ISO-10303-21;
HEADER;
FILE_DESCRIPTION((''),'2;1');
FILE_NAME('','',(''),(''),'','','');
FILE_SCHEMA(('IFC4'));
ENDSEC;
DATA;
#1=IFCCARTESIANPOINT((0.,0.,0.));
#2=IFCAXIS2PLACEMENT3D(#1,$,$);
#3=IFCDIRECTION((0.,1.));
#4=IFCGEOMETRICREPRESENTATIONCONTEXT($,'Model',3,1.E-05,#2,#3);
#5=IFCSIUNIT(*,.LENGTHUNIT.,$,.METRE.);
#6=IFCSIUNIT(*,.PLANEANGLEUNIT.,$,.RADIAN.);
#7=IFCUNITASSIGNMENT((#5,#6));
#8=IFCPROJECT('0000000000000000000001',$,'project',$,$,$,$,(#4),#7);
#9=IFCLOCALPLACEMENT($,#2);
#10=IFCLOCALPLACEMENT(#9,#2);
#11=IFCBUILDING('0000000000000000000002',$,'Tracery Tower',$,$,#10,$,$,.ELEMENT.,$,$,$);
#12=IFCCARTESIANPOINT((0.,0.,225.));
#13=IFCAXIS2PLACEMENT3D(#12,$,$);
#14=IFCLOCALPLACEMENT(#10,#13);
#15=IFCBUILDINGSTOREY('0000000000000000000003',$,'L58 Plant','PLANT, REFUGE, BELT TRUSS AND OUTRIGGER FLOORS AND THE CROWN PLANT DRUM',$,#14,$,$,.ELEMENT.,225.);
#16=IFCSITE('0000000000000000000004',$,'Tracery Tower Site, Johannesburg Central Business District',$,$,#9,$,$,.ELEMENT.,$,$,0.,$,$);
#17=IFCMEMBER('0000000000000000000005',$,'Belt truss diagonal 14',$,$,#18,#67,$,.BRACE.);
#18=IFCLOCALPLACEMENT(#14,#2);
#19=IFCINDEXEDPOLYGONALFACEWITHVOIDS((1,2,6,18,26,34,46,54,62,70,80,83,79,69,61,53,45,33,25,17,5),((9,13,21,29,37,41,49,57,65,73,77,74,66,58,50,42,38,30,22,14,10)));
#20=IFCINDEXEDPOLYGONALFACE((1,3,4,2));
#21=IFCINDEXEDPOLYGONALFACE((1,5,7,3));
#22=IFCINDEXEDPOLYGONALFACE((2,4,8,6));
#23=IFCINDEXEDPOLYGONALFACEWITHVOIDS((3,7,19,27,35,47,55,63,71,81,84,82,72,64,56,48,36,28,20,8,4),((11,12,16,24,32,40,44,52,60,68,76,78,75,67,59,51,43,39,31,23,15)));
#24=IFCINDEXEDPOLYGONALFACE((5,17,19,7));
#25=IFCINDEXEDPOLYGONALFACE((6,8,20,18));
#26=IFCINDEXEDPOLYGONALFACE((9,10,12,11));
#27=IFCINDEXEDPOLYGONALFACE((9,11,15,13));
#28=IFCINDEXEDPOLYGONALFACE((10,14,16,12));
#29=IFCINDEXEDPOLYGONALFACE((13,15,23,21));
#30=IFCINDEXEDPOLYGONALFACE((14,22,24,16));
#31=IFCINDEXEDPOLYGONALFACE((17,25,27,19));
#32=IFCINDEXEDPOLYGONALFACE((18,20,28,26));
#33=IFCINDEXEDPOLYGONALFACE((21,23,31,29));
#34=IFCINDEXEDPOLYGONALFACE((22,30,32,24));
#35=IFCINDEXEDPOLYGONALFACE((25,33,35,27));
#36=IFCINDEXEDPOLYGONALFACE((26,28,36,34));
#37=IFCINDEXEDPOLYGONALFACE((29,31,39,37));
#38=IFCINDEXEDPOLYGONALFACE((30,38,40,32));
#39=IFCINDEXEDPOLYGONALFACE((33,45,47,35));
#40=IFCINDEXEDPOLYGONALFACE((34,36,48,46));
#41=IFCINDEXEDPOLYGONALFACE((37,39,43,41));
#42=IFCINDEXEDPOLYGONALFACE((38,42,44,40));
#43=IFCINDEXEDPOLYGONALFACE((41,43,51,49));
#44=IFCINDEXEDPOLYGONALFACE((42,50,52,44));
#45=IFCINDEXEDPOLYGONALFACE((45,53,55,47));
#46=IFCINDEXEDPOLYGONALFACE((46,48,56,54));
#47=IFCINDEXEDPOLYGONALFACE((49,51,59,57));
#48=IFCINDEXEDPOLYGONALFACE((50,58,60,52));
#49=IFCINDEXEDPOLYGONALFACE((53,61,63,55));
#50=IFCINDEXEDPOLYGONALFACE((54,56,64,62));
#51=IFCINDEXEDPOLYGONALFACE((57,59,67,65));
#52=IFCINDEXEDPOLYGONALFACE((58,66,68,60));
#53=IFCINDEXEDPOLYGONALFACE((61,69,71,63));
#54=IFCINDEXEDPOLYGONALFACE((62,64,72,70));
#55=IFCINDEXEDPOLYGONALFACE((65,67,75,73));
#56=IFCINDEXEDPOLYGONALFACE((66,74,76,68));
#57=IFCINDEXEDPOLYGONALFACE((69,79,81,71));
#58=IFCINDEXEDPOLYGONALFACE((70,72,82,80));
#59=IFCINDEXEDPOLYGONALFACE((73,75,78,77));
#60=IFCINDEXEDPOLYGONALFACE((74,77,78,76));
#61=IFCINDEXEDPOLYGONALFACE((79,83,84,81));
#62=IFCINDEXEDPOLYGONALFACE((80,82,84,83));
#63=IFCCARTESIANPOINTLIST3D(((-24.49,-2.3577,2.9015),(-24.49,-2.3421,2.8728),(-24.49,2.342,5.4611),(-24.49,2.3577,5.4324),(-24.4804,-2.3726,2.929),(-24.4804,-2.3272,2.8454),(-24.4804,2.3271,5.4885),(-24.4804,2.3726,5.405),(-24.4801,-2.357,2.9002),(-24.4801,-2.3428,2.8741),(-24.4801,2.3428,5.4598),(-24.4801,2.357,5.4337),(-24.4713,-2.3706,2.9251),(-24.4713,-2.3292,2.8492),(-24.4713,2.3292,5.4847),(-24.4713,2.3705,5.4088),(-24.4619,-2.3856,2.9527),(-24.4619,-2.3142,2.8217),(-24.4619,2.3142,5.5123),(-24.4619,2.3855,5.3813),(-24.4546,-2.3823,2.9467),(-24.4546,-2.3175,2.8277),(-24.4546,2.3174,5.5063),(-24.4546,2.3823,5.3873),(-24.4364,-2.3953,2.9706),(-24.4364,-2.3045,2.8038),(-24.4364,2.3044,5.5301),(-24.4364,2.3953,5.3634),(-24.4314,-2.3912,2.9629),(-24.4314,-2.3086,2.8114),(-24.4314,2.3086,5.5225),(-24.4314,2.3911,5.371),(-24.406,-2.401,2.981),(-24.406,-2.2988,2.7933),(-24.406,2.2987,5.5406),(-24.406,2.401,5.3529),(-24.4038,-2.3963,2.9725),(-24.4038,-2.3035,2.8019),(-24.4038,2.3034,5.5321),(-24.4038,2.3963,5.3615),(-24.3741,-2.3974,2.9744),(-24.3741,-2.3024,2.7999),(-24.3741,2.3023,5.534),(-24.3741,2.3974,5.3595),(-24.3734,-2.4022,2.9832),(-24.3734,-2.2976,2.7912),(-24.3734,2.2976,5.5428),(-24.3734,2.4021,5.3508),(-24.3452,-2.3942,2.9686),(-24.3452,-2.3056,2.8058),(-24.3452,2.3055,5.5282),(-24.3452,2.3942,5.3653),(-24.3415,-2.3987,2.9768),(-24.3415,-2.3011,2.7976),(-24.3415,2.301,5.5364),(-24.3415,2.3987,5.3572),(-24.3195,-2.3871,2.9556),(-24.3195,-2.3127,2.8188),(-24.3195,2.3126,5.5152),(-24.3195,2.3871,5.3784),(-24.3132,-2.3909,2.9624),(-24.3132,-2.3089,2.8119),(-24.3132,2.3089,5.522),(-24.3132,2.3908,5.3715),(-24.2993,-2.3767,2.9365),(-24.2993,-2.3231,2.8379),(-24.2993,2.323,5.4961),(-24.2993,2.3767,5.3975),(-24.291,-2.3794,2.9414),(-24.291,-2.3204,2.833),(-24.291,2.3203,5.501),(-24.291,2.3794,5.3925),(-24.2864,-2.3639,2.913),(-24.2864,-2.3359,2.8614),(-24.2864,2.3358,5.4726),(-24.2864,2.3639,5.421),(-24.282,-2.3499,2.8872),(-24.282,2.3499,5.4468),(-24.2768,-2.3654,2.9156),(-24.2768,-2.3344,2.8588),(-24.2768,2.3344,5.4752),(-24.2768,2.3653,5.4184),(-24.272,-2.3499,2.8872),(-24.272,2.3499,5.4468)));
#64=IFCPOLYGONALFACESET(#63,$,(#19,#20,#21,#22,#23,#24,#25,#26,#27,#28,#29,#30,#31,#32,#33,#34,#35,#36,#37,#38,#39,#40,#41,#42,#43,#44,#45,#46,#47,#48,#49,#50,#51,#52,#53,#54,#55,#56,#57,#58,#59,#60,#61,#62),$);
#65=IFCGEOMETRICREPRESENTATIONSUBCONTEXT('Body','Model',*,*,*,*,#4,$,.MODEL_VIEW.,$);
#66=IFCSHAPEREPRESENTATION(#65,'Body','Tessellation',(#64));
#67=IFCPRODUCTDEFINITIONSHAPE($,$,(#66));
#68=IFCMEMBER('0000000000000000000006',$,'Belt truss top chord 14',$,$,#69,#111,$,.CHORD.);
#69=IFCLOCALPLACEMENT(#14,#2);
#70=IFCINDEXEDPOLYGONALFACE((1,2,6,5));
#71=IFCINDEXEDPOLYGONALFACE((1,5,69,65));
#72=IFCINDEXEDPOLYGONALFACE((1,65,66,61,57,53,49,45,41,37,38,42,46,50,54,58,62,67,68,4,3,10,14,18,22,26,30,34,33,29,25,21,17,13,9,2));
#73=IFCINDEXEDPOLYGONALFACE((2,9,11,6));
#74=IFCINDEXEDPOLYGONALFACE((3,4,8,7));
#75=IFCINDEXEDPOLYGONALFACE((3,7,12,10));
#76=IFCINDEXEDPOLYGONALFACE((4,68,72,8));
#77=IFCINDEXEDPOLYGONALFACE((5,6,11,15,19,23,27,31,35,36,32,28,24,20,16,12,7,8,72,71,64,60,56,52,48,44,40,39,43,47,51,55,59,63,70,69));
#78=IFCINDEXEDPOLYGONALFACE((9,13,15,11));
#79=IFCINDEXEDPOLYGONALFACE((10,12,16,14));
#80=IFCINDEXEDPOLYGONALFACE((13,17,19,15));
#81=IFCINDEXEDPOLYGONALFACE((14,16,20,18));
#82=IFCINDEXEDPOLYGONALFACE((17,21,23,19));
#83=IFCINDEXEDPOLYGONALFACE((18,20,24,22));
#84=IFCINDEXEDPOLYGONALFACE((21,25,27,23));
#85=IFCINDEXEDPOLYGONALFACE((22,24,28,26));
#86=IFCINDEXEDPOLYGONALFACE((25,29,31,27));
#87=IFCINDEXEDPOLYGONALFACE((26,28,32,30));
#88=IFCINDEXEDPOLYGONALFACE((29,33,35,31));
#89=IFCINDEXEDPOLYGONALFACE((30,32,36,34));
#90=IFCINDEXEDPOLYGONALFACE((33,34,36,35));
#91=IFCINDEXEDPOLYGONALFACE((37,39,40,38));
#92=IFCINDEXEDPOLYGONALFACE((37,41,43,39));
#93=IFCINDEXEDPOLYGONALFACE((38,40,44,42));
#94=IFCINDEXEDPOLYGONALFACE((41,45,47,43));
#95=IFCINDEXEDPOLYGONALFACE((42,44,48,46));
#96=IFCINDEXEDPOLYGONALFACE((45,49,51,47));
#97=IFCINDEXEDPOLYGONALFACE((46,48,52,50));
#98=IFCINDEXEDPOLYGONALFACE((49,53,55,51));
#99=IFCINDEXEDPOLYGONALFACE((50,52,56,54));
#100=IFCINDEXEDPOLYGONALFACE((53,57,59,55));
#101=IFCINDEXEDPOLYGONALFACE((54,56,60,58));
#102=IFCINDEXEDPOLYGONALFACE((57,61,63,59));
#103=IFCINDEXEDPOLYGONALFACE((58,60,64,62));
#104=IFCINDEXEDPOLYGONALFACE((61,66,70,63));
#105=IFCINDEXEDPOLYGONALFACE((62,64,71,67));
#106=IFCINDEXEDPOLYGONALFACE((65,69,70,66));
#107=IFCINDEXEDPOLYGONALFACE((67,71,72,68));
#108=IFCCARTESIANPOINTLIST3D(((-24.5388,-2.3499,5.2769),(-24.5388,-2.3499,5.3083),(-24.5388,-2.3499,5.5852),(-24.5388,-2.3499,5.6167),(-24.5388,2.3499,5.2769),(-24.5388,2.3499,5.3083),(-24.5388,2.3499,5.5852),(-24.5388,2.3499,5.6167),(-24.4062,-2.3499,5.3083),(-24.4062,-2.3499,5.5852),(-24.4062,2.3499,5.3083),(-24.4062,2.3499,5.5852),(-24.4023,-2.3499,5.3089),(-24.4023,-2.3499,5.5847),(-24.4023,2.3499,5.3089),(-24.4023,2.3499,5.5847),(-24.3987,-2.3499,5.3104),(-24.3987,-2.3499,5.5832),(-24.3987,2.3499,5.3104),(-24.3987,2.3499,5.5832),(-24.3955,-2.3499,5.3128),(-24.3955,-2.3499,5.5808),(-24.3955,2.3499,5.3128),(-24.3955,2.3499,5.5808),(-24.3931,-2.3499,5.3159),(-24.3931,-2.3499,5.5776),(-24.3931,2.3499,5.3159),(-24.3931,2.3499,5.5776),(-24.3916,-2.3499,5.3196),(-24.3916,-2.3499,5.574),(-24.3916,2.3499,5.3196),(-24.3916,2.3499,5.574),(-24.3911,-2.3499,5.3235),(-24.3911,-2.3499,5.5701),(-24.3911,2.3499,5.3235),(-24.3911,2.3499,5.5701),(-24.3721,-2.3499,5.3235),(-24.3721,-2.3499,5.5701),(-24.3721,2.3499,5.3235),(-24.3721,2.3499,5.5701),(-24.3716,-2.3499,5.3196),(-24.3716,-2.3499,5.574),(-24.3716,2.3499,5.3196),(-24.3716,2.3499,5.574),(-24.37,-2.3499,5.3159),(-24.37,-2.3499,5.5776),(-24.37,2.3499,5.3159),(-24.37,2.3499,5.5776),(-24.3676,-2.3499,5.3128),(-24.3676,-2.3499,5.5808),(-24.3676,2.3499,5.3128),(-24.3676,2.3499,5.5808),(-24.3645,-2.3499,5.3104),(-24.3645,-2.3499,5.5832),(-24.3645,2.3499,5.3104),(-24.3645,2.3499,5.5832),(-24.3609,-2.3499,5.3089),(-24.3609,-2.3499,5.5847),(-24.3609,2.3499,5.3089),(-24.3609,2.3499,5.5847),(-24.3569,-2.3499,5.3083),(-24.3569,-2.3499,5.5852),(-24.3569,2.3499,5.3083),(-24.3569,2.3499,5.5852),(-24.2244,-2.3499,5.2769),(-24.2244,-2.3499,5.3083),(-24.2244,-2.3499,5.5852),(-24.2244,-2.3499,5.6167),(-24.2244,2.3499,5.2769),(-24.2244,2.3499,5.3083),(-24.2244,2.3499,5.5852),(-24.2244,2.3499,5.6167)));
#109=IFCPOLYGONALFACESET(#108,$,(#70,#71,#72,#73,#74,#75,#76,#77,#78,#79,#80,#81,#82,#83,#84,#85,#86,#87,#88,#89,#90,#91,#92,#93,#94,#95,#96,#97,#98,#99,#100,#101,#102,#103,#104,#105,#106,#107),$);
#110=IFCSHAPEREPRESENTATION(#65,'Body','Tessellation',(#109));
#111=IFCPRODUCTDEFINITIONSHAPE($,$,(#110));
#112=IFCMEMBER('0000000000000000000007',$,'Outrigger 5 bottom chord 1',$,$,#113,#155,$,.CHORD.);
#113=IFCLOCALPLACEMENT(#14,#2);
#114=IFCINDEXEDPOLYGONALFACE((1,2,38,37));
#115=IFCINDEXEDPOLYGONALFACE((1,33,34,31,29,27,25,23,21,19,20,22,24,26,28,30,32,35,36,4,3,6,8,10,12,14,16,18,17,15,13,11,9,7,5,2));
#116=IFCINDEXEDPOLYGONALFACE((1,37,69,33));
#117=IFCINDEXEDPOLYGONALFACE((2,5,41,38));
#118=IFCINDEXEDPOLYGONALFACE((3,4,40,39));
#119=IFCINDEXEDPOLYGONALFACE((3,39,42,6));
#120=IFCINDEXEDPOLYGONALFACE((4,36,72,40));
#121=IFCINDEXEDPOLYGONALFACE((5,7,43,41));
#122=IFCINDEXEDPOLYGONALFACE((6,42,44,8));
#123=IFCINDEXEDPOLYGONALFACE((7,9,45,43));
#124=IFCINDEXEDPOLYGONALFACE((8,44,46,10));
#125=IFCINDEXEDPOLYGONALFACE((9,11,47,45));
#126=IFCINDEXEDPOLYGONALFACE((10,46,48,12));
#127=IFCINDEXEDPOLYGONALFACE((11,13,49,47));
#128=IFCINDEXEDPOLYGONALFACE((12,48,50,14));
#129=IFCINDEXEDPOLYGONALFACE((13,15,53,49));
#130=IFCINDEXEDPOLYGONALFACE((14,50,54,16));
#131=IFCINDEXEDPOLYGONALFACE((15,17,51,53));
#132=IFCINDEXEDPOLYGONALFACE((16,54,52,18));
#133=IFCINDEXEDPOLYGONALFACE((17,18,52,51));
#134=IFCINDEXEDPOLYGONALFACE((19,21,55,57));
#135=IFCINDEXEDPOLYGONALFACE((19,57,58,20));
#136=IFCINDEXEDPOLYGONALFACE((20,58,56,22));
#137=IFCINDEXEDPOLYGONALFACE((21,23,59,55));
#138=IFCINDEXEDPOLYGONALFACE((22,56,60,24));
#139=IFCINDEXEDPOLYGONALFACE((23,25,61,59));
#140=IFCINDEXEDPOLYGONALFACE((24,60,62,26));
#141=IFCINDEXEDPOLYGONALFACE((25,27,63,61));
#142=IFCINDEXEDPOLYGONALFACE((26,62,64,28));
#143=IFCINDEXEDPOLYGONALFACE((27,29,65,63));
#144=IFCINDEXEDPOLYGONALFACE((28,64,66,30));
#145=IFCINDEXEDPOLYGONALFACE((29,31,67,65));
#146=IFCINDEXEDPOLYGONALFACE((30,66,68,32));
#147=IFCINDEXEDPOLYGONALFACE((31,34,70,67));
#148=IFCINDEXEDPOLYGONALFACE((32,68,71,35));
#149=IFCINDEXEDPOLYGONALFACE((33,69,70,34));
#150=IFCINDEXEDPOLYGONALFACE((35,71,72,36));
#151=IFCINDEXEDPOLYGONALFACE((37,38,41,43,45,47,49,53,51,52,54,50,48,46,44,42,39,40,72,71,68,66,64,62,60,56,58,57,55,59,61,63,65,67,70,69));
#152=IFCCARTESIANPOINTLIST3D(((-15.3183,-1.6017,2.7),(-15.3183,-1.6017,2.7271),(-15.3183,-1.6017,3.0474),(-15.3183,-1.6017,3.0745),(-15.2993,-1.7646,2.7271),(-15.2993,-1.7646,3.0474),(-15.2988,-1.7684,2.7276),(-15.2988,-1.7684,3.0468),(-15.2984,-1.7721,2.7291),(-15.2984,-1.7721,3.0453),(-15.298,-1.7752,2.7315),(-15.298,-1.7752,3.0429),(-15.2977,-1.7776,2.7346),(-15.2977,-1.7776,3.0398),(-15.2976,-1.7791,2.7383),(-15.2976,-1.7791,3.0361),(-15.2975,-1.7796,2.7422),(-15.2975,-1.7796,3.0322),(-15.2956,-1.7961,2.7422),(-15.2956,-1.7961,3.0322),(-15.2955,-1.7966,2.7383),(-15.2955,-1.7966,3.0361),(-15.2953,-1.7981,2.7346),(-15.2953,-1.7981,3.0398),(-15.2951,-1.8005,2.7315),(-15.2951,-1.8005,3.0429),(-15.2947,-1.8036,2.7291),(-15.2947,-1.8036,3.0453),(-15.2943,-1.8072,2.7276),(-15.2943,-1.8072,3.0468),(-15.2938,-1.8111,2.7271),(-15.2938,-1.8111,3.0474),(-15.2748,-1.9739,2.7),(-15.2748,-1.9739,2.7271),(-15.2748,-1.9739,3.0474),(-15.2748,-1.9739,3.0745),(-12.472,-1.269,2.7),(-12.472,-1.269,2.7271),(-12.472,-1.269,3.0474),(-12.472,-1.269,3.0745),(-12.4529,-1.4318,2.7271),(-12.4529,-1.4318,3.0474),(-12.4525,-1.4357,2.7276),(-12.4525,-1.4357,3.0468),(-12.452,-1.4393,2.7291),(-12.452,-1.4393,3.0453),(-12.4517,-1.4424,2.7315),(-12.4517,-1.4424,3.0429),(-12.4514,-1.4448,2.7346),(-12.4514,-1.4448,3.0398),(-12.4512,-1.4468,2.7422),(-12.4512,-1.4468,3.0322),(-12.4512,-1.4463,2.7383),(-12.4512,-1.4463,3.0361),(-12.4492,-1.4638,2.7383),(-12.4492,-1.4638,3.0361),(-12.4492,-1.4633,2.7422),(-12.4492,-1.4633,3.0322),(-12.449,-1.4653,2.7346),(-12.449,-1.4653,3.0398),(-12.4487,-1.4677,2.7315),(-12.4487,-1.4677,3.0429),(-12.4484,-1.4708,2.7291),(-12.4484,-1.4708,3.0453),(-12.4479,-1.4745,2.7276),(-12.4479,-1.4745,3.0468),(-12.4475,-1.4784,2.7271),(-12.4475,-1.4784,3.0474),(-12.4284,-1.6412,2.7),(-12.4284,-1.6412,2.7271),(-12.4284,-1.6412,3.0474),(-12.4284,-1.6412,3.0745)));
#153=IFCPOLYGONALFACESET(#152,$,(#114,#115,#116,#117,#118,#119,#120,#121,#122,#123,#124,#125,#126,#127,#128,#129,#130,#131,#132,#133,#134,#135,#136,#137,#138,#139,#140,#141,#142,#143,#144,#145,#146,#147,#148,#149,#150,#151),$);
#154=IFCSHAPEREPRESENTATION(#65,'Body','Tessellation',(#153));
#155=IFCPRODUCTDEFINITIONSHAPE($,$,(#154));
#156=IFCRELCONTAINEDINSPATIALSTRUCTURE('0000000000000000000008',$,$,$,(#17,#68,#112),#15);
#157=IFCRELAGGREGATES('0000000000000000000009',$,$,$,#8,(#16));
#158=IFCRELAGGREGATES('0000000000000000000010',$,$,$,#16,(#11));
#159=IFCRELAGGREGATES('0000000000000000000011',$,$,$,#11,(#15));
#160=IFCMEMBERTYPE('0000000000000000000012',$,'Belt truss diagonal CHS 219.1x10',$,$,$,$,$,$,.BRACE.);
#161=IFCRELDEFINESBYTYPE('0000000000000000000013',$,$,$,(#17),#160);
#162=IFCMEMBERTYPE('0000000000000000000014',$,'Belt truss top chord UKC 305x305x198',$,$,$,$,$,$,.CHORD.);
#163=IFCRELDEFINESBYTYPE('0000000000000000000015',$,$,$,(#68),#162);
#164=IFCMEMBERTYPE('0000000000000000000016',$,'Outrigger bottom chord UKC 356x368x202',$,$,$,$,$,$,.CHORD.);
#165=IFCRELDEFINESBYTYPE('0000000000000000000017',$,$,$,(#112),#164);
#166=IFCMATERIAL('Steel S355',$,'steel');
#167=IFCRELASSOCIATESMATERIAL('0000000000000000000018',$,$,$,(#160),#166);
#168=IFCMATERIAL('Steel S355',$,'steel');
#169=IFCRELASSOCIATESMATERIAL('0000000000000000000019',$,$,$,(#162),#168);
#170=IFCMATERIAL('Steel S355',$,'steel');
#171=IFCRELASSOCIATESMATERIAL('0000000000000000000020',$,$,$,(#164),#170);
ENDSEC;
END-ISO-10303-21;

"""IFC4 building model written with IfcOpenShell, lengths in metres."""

from ifc_helpers import new_model, si_unit, direction, frame, origin, origin_2d, place, context, subcontext, project, spatial, hollow_circle, i_section, extrude, material, material_profile, profile_set, type_object, element, save


model = new_model("IFC4")

# Units and contexts
model_context = context("Model", 3, precision=1e-05, world=origin(), true_north=direction((0.0, 1.0)))
body_context = subcontext(model_context, "Body", "Model", "MODEL_VIEW")
ifc_project = project(units=[si_unit("LENGTHUNIT", "METRE"), si_unit("PLANEANGLEUNIT", "RADIAN")], contexts=[model_context])

# Site, building, storey
site_placement = place(None, origin())
site = spatial("IfcSite", under=ifc_project, at=site_placement, Name="Tracery Tower Site, Johannesburg Central Business District", CompositionType="ELEMENT", RefElevation=0.0)
building_placement = place(site_placement, origin())
building = spatial("IfcBuilding", under=site, at=building_placement, Name="Tracery Tower", CompositionType="ELEMENT")
storey_placement = place(building_placement, frame((0.0, 0.0, 225.0)))
storey = spatial("IfcBuildingStorey", under=building, at=storey_placement, Name="L58 Plant", Description="PLANT, REFUGE, BELT TRUSS AND OUTRIGGER FLOORS AND THE CROWN PLANT DRUM", CompositionType="ELEMENT", Elevation=225.0)

# Members
ifc_material_1 = material(Name="Steel S355", Category="steel")
ifc_material_profile_1 = material_profile(ifc_material_1, hollow_circle(Radius=0.1096, WallThickness=0.01, at=origin_2d()), Name="CHS 219.1x10")
ifc_profile_set_1 = profile_set([ifc_material_profile_1], Name="Steel S355")
member_type_1 = type_object("IfcMemberType", Name="Belt truss diagonal CHS 219.1x10", PredefinedType="BRACE", material=ifc_profile_set_1)
member_1_placement = place(storey_placement, frame((-24.3816, 2.3499, 5.4468), z_axis=(0.0, -0.878202, -0.478289), x_axis=(1.0, 0.0, 0.0)))
element("IfcMember", 1, at=member_1_placement, inside=storey, type_object=member_type_1, Name="Belt truss diagonal 14", PredefinedType="BRACE", context=body_context, shape_type="SweptSolid", body=[
    extrude(hollow_circle(Radius=0.1096, WallThickness=0.01, at=origin_2d()), origin(), (0.0, 0.0, 1.0), 5.3516),
])
ifc_material_2 = material(Name="Steel S355", Category="steel")
ifc_material_profile_2 = material_profile(ifc_material_2, i_section(OverallWidth=0.3145, OverallDepth=0.3398, WebThickness=0.019, FlangeThickness=0.0315, FilletRadius=0.0151, at=origin_2d()), Name="UKC 305x305x198")
ifc_profile_set_2 = profile_set([ifc_material_profile_2], Name="Steel S355")
member_type_2 = type_object("IfcMemberType", Name="Belt truss top chord UKC 305x305x198", PredefinedType="CHORD", material=ifc_profile_set_2)
member_2_placement = place(storey_placement, frame((-24.3816, 2.3499, 5.4468), z_axis=(0.0, -1.0, 0.0), x_axis=(1.0, 0.0, 0.0)))
element("IfcMember", 2, at=member_2_placement, inside=storey, type_object=member_type_2, Name="Belt truss top chord 14", PredefinedType="CHORD", context=body_context, shape_type="SweptSolid", body=[
    extrude(i_section(OverallWidth=0.3145, OverallDepth=0.3398, WebThickness=0.019, FlangeThickness=0.0315, FilletRadius=0.0151, at=origin_2d()), origin(), (0.0, 0.0, 1.0), 4.6997),
])
ifc_material_3 = material(Name="Steel S355", Category="steel")
ifc_material_profile_3 = material_profile(ifc_material_3, i_section(OverallWidth=0.3748, OverallDepth=0.3745, WebThickness=0.0166, FlangeThickness=0.0271, FilletRadius=0.0151, at=origin_2d()), Name="UKC 356x368x202")
ifc_profile_set_3 = profile_set([ifc_material_profile_3], Name="Steel S355")
member_type_3 = type_object("IfcMemberType", Name="Outrigger bottom chord UKC 356x368x202", PredefinedType="CHORD", material=ifc_profile_set_3)
member_3_placement = place(storey_placement, frame((-12.4502, -1.4551, 2.8872), z_axis=(-0.993236, -0.116115, 0.0), x_axis=(0.116115, -0.993236, 0.0)))
element("IfcMember", 3, at=member_3_placement, inside=storey, type_object=member_type_3, Name="Outrigger 5 bottom chord 1", PredefinedType="CHORD", context=body_context, shape_type="SweptSolid", body=[
    extrude(i_section(OverallWidth=0.3748, OverallDepth=0.3745, WebThickness=0.0166, FlangeThickness=0.0271, FilletRadius=0.0151, at=origin_2d()), origin(), (0.0, 0.0, 1.0), 2.8657),
])

save(model, "model.ifc")
